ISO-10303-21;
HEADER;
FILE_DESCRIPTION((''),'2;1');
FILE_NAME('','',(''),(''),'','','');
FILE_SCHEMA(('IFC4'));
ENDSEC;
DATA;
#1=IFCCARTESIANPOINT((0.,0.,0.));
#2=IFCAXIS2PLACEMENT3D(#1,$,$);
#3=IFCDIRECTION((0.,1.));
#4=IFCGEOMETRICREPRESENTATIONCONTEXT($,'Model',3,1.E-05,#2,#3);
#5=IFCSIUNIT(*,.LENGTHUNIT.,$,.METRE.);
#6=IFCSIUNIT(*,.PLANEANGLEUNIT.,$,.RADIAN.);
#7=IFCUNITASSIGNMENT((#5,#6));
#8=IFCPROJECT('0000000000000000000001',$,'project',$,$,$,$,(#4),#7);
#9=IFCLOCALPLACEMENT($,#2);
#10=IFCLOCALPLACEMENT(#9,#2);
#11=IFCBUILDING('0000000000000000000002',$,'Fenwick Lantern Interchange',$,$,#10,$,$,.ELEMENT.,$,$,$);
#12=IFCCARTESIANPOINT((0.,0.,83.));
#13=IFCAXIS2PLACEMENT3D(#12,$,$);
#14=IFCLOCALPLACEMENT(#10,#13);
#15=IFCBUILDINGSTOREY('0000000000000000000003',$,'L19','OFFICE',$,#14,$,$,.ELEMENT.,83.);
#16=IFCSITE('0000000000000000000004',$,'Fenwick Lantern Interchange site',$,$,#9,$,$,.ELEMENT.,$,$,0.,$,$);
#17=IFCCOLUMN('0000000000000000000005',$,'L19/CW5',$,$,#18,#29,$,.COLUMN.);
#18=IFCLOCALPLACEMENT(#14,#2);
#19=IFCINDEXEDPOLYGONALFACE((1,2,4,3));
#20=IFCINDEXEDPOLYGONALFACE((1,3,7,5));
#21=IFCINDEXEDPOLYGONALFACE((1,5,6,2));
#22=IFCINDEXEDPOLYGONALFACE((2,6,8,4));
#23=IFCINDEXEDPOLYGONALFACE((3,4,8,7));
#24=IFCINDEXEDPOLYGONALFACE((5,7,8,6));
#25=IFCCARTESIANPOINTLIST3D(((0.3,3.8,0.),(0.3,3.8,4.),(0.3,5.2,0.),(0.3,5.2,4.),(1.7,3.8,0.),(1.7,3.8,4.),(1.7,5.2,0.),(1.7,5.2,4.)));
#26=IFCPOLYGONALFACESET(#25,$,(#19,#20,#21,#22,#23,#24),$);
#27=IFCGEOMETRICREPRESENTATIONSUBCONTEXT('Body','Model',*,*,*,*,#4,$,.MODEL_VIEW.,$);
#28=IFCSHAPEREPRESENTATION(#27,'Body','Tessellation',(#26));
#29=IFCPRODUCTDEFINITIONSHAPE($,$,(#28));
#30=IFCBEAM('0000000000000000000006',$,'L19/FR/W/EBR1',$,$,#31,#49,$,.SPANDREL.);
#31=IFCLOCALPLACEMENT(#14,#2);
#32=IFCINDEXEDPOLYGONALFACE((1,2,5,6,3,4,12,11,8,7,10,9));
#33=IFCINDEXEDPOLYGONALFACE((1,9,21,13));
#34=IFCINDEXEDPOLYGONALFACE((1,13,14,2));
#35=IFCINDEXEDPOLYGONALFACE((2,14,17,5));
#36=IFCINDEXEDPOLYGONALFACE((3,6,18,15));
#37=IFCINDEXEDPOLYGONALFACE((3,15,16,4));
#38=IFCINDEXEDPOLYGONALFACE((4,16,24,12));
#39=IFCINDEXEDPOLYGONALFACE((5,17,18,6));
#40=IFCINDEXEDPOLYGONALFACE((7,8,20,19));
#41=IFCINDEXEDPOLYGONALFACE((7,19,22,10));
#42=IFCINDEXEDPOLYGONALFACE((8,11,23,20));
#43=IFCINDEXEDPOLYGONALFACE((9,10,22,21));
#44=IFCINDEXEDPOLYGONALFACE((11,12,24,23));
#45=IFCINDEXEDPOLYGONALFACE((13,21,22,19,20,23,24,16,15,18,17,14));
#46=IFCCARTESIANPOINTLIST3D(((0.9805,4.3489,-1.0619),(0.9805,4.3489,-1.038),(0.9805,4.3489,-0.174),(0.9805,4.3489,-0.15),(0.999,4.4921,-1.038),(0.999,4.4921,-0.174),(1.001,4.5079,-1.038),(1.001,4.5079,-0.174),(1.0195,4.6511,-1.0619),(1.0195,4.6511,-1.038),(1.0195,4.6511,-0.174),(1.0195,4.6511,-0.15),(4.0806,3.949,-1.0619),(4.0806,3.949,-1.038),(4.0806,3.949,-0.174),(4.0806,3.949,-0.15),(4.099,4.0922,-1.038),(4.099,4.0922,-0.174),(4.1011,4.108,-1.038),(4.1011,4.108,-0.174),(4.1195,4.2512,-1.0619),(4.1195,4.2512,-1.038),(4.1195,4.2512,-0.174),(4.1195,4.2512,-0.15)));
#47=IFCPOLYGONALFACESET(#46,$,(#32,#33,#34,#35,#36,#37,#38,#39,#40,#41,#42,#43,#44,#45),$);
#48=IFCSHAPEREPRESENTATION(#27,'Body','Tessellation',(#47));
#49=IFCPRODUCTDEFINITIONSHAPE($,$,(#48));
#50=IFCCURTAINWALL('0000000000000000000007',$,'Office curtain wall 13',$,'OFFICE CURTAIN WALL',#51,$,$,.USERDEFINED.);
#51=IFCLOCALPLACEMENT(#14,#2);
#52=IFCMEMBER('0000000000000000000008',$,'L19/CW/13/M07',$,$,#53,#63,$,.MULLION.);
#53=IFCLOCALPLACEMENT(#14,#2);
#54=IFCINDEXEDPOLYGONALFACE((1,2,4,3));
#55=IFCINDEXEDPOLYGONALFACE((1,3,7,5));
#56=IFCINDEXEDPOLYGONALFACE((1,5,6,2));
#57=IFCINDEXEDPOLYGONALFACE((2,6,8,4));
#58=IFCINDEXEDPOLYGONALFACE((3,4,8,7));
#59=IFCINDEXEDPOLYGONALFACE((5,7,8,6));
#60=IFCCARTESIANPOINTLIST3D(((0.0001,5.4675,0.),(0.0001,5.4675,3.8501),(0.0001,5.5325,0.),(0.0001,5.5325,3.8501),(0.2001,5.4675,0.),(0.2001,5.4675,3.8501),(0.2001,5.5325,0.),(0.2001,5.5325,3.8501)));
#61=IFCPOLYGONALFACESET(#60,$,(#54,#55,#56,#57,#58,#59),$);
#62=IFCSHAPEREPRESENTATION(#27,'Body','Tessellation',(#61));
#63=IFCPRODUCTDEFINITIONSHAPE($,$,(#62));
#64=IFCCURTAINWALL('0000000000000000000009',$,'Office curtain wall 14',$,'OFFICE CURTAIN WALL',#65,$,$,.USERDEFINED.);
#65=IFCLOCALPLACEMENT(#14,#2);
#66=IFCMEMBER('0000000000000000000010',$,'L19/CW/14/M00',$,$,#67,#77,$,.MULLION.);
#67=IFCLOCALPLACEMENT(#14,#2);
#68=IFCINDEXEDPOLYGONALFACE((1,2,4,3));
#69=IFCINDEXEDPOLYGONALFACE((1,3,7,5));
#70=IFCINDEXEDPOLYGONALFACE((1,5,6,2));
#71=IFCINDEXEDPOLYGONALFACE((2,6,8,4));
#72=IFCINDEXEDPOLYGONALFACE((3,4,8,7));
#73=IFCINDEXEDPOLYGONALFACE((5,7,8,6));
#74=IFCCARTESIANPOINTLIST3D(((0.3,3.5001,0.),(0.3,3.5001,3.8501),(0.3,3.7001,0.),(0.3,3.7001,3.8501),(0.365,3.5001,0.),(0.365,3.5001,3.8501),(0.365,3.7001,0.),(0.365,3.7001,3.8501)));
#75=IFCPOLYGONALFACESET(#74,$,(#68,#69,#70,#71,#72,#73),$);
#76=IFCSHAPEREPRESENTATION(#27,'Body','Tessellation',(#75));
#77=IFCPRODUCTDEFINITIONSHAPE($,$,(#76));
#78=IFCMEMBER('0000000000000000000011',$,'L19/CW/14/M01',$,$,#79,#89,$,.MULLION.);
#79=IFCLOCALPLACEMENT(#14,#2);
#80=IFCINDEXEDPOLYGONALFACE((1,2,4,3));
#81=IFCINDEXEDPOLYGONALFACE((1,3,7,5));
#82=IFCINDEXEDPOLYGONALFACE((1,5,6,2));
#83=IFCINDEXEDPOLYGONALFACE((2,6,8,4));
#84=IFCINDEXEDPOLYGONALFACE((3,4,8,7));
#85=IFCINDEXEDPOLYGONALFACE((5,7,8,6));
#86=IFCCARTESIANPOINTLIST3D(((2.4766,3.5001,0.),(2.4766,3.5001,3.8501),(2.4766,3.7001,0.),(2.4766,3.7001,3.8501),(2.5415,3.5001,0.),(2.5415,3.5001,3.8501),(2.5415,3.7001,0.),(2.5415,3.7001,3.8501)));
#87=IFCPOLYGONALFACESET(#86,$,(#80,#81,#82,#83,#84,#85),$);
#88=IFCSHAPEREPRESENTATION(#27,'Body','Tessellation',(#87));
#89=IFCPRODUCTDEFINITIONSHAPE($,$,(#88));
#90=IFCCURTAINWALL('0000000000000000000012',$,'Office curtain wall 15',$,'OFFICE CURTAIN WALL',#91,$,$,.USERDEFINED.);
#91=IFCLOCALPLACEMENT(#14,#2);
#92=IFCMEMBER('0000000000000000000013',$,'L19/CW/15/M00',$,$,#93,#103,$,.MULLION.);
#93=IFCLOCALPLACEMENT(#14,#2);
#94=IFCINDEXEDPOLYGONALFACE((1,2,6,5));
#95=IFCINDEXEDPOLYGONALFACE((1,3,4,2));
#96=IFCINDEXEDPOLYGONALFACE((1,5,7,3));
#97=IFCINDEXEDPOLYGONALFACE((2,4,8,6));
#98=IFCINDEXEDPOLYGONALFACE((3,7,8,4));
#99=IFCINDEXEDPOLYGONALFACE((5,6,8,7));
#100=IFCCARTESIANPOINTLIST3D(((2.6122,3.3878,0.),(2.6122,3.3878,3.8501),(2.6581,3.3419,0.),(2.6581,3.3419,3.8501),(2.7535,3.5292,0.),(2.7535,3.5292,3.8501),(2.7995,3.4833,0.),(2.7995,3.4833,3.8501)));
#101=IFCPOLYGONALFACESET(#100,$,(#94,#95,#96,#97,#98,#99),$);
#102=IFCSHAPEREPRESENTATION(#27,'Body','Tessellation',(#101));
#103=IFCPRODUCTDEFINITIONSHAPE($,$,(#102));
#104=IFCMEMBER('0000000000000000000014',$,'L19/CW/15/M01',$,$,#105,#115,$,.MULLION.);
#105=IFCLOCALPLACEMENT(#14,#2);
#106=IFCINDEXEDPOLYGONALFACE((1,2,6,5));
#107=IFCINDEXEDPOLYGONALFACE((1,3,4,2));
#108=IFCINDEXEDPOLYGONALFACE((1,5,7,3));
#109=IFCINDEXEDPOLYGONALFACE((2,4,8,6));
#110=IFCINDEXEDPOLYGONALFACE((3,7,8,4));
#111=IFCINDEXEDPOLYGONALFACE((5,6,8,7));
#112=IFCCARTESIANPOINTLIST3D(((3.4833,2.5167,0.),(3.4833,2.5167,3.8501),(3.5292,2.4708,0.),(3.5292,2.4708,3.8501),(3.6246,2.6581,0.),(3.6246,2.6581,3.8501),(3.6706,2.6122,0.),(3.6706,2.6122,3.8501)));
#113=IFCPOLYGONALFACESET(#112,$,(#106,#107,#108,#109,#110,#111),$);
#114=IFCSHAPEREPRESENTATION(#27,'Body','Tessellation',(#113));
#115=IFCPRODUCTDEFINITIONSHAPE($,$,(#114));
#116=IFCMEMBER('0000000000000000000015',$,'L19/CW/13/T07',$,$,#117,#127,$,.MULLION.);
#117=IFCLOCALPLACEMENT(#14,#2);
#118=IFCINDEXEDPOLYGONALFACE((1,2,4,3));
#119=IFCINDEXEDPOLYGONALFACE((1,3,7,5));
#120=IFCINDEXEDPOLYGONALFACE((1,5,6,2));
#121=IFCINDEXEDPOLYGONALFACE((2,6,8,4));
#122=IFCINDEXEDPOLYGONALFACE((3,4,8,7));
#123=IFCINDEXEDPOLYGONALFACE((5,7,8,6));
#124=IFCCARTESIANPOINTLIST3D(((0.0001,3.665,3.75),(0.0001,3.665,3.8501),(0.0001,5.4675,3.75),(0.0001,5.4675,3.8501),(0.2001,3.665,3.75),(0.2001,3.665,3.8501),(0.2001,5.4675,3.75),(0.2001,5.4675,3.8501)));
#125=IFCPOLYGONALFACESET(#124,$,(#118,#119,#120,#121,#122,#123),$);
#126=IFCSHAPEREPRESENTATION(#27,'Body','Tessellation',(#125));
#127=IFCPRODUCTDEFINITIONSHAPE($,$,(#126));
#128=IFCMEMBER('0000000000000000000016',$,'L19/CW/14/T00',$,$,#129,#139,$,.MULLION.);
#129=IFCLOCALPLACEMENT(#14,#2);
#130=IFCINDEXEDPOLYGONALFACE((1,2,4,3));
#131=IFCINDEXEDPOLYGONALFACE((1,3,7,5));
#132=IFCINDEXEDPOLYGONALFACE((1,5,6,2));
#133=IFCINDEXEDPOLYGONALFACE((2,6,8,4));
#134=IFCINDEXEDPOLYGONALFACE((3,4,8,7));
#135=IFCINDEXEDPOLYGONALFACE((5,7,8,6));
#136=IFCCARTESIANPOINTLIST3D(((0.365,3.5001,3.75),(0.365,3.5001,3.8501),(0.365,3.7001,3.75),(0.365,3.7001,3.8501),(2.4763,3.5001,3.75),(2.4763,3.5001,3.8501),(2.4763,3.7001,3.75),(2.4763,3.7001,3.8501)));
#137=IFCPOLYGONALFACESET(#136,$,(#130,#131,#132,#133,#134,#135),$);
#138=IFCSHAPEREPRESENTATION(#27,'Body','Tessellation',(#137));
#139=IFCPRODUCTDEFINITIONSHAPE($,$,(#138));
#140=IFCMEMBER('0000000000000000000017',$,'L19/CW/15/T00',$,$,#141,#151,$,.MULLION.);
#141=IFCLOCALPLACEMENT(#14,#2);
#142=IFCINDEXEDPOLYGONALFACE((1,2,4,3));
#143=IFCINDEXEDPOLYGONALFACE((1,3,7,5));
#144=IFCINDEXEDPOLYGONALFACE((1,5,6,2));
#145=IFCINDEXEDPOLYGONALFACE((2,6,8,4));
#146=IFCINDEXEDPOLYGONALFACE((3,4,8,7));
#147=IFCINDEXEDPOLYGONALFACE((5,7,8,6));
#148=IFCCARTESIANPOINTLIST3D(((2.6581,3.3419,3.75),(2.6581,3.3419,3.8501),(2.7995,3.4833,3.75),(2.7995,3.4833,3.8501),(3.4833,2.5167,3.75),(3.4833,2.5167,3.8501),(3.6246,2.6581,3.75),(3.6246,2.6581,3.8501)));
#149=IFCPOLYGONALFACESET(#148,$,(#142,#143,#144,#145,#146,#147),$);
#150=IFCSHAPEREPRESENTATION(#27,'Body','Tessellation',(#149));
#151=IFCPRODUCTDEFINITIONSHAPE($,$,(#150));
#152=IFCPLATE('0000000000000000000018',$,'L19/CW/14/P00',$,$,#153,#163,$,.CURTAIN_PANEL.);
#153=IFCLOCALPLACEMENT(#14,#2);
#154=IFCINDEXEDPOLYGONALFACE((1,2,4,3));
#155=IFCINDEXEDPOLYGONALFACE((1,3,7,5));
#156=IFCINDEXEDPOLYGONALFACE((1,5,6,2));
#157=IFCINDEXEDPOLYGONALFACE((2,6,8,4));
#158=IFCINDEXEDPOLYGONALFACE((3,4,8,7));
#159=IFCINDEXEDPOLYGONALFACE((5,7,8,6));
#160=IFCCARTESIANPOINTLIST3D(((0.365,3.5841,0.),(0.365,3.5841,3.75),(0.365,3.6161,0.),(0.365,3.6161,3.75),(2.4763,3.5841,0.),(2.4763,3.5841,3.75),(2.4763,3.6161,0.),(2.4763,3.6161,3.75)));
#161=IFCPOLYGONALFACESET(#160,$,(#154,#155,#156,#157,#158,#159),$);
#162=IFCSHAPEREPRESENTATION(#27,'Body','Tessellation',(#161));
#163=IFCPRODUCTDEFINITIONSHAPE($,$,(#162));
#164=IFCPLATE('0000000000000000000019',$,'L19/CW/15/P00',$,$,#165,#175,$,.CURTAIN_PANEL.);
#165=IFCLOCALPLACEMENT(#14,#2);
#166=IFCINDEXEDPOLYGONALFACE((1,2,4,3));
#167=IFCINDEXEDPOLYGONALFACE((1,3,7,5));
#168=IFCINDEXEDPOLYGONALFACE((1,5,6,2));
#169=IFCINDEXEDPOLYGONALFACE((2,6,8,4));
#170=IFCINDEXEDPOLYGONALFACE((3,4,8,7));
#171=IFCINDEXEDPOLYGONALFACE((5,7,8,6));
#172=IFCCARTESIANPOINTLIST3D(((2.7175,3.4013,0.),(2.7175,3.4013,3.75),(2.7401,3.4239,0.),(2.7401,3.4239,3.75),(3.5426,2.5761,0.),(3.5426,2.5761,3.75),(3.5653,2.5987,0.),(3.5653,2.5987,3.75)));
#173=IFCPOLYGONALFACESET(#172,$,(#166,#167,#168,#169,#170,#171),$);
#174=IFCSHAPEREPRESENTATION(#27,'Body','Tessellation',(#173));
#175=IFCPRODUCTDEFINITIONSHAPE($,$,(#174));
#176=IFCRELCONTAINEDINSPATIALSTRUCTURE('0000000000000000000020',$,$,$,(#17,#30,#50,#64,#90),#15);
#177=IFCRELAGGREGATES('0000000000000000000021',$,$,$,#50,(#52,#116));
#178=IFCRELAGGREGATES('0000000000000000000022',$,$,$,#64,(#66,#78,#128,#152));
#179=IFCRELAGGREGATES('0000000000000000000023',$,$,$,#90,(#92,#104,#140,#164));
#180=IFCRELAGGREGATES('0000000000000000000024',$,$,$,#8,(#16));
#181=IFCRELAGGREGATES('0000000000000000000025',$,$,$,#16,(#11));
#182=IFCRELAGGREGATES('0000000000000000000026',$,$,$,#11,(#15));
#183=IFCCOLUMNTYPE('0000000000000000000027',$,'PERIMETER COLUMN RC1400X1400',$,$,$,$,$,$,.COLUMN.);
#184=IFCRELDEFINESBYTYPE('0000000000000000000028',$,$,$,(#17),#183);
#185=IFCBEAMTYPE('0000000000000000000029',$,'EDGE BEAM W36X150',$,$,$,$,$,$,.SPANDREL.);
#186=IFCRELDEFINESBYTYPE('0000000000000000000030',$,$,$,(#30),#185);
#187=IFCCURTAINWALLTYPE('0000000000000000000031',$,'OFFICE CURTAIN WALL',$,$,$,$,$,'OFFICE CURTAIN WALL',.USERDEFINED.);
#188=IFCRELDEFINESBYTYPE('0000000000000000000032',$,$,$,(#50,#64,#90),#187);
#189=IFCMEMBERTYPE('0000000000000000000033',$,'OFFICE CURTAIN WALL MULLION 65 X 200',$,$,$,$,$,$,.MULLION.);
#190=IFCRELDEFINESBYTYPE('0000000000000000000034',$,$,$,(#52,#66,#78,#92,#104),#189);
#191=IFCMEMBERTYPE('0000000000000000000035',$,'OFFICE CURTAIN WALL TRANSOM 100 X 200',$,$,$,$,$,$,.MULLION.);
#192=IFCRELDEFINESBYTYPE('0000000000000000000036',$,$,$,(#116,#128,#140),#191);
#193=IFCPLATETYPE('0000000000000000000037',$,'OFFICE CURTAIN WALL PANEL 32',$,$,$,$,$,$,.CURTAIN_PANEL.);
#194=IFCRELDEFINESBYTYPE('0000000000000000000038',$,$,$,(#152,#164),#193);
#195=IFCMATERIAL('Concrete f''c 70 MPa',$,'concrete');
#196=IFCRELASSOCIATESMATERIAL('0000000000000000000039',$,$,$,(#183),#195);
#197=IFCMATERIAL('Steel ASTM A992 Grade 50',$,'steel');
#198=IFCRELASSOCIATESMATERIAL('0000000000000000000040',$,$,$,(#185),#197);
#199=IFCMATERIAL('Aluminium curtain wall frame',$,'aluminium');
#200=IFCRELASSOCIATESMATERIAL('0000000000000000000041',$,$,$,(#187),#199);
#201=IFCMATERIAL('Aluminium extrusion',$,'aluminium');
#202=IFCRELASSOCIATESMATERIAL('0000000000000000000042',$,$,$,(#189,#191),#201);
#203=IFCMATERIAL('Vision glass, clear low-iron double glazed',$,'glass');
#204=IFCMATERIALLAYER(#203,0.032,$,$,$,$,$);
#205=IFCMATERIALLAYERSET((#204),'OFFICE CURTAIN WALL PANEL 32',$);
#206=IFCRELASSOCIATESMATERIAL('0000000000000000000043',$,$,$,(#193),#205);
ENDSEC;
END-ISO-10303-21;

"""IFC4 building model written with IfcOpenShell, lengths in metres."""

from ifc_helpers import new_model, si_unit, direction, frame, origin, origin_2d, place, context, subcontext, project, spatial, rectangle, i_section, extrude, material, layer, layer_set, material_profile, profile_set, type_object, element, aggregate, save


model = new_model("IFC4")

# Units and contexts
model_context = context("Model", 3, precision=1e-05, world=origin(), true_north=direction((0.0, 1.0)))
body_context = subcontext(model_context, "Body", "Model", "MODEL_VIEW")
ifc_project = project(units=[si_unit("LENGTHUNIT", "METRE"), si_unit("PLANEANGLEUNIT", "RADIAN")], contexts=[model_context])

# Site, building, storey
site_placement = place(None, origin())
site = spatial("IfcSite", under=ifc_project, at=site_placement, Name="Fenwick Lantern Interchange site", CompositionType="ELEMENT", RefElevation=0.0)
building_placement = place(site_placement, origin())
building = spatial("IfcBuilding", under=site, at=building_placement, Name="Fenwick Lantern Interchange", CompositionType="ELEMENT")
storey_placement = place(building_placement, frame((0.0, 0.0, 83.0)))
storey = spatial("IfcBuildingStorey", under=building, at=storey_placement, Name="L19", Description="OFFICE", CompositionType="ELEMENT", Elevation=83.0)

# Column
ifc_material_1 = material(Name="Concrete f'c 70 MPa", Category="concrete")
ifc_material_profile_1 = material_profile(ifc_material_1, rectangle(XDim=1.3999, YDim=1.3999, at=origin_2d()), Name="RC1400X1400")
ifc_profile_set_1 = profile_set([ifc_material_profile_1], Name="Concrete f'c 70 MPa")
column_type = type_object("IfcColumnType", Name="PERIMETER COLUMN RC1400X1400", PredefinedType="COLUMN", material=ifc_profile_set_1)
column_placement = place(storey_placement, frame((1.0, 4.5, 0.0), z_axis=(0.0, 0.0, 1.0), x_axis=(1.0, 0.0, 0.0)))
element("IfcColumn", 1, at=column_placement, inside=storey, type_object=column_type, Name="L19/CW5", PredefinedType="COLUMN", context=body_context, shape_type="SweptSolid", body=[
    extrude(rectangle(XDim=1.3999, YDim=1.3999, at=origin_2d()), origin(), (0.0, 0.0, 1.0), 4.0),
])

# Beam
ifc_material_2 = material(Name="Steel ASTM A992 Grade 50", Category="steel")
ifc_material_profile_2 = material_profile(ifc_material_2, i_section(OverallWidth=0.3047, OverallDepth=0.9119, WebThickness=0.0159, FlangeThickness=0.0239, at=origin_2d()), Name="W36X150")
ifc_profile_set_2 = profile_set([ifc_material_profile_2], Name="Steel ASTM A992 Grade 50")
beam_type = type_object("IfcBeamType", Name="EDGE BEAM W36X150", PredefinedType="SPANDREL", material=ifc_profile_set_2)
beam_placement = place(storey_placement, frame((1.0, 4.5, -0.606), z_axis=(0.991782, -0.127937, 0.0), x_axis=(0.127937, 0.991782, 0.0)))
element("IfcBeam", 2, at=beam_placement, inside=storey, type_object=beam_type, Name="L19/FR/W/EBR1", PredefinedType="SPANDREL", context=body_context, shape_type="SweptSolid", body=[
    extrude(i_section(OverallWidth=0.3047, OverallDepth=0.9119, WebThickness=0.0159, FlangeThickness=0.0239, at=origin_2d()), origin(), (0.0, 0.0, 1.0), 3.1257),
])

# Curtain wall, member
ifc_material_3 = material(Name="Aluminium curtain wall frame", Category="aluminium")
curtain_wall_type = type_object("IfcCurtainWallType", Name="OFFICE CURTAIN WALL", ElementType="OFFICE CURTAIN WALL", PredefinedType="USERDEFINED", material=ifc_material_3)
curtain_wall_1_placement = place(storey_placement, origin())
curtain_wall_1 = element("IfcCurtainWall", 3, at=curtain_wall_1_placement, inside=storey, type_object=curtain_wall_type, Name="Office curtain wall 13", ObjectType="OFFICE CURTAIN WALL", PredefinedType="USERDEFINED")
ifc_material_4 = material(Name="Aluminium extrusion", Category="aluminium")
ifc_material_profile_3 = material_profile(ifc_material_4, rectangle(XDim=0.2, YDim=0.0649, at=origin_2d()), Name="OFFICE CURTAIN WALL MULLION 65 X 200")
ifc_profile_set_3 = profile_set([ifc_material_profile_3], Name="Aluminium extrusion")
member_type_1 = type_object("IfcMemberType", Name="OFFICE CURTAIN WALL MULLION 65 X 200", PredefinedType="MULLION", material=ifc_profile_set_3)
member_1_placement = place(storey_placement, frame((0.1001, 5.5, 0.0), z_axis=(0.0, 0.0, 1.0), x_axis=(1.0, 0.0, 0.0)))
member_1 = element("IfcMember", 4, at=member_1_placement, type_object=member_type_1, Name="L19/CW/13/M07", PredefinedType="MULLION", context=body_context, shape_type="SweptSolid", body=[
    extrude(rectangle(XDim=0.2, YDim=0.0649, at=origin_2d()), origin(), (0.0, 0.0, 1.0), 3.8501),
])

# Curtain walls, members
curtain_wall_2_placement = place(storey_placement, origin())
curtain_wall_2 = element("IfcCurtainWall", 5, at=curtain_wall_2_placement, inside=storey, type_object=curtain_wall_type, Name="Office curtain wall 14", ObjectType="OFFICE CURTAIN WALL", PredefinedType="USERDEFINED")
member_2_placement = place(storey_placement, frame((0.3325, 3.6001, 0.0), z_axis=(0.0, 0.0, 1.0), x_axis=(0.0, 1.0, 0.0)))
member_2 = element("IfcMember", 6, at=member_2_placement, type_object=member_type_1, Name="L19/CW/14/M00", PredefinedType="MULLION", context=body_context, shape_type="SweptSolid", body=[
    extrude(rectangle(XDim=0.2, YDim=0.0649, at=origin_2d()), origin(), (0.0, 0.0, 1.0), 3.8501),
])
member_3_placement = place(storey_placement, frame((2.509, 3.6001, 0.0), z_axis=(0.0, 0.0, 1.0), x_axis=(0.0, 1.0, 0.0)))
member_3 = element("IfcMember", 7, at=member_3_placement, type_object=member_type_1, Name="L19/CW/14/M01", PredefinedType="MULLION", context=body_context, shape_type="SweptSolid", body=[
    extrude(rectangle(XDim=0.2, YDim=0.0649, at=origin_2d()), origin(), (0.0, 0.0, 1.0), 3.8501),
])
curtain_wall_3_placement = place(storey_placement, origin())
curtain_wall_3 = element("IfcCurtainWall", 8, at=curtain_wall_3_placement, inside=storey, type_object=curtain_wall_type, Name="Office curtain wall 15", ObjectType="OFFICE CURTAIN WALL", PredefinedType="USERDEFINED")
member_4_placement = place(storey_placement, frame((2.7058, 3.4355, 0.0), z_axis=(0.0, 0.0, 1.0), x_axis=(0.707107, 0.707107, 0.0)))
member_4 = element("IfcMember", 9, at=member_4_placement, type_object=member_type_1, Name="L19/CW/15/M00", PredefinedType="MULLION", context=body_context, shape_type="SweptSolid", body=[
    extrude(rectangle(XDim=0.2, YDim=0.0649, at=origin_2d()), origin(), (0.0, 0.0, 1.0), 3.8501),
])
member_5_placement = place(storey_placement, frame((3.5769, 2.5645, 0.0), z_axis=(0.0, 0.0, 1.0), x_axis=(0.707107, 0.707107, 0.0)))
member_5 = element("IfcMember", 10, at=member_5_placement, type_object=member_type_1, Name="L19/CW/15/M01", PredefinedType="MULLION", context=body_context, shape_type="SweptSolid", body=[
    extrude(rectangle(XDim=0.2, YDim=0.0649, at=origin_2d()), origin(), (0.0, 0.0, 1.0), 3.8501),
])

# Members
ifc_material_profile_4 = material_profile(ifc_material_4, rectangle(XDim=0.2, YDim=0.1001, at=origin_2d()), Name="OFFICE CURTAIN WALL TRANSOM 100 X 200")
ifc_profile_set_4 = profile_set([ifc_material_profile_4], Name="Aluminium extrusion")
member_type_2 = type_object("IfcMemberType", Name="OFFICE CURTAIN WALL TRANSOM 100 X 200", PredefinedType="MULLION", material=ifc_profile_set_4)
member_6_placement = place(storey_placement, frame((0.1001, 5.4675, 3.8), z_axis=(0.0, -1.0, 0.0), x_axis=(1.0, 0.0, 0.0)))
member_6 = element("IfcMember", 11, at=member_6_placement, type_object=member_type_2, Name="L19/CW/13/T07", PredefinedType="MULLION", context=body_context, shape_type="SweptSolid", body=[
    extrude(rectangle(XDim=0.2, YDim=0.1001, at=origin_2d()), origin(), (0.0, 0.0, 1.0), 1.8025),
])
aggregate(curtain_wall_1, [member_1, member_6])
member_7_placement = place(storey_placement, frame((0.365, 3.6001, 3.8), z_axis=(1.0, 0.0, 0.0), x_axis=(0.0, 1.0, 0.0)))
member_7 = element("IfcMember", 12, at=member_7_placement, type_object=member_type_2, Name="L19/CW/14/T00", PredefinedType="MULLION", context=body_context, shape_type="SweptSolid", body=[
    extrude(rectangle(XDim=0.2, YDim=0.1001, at=origin_2d()), origin(), (0.0, 0.0, 1.0), 2.1113),
])
member_8_placement = place(storey_placement, frame((2.7288, 3.4126, 3.8), z_axis=(0.707107, -0.707107, 0.0), x_axis=(0.707107, 0.707107, 0.0)))
member_8 = element("IfcMember", 13, at=member_8_placement, type_object=member_type_2, Name="L19/CW/15/T00", PredefinedType="MULLION", context=body_context, shape_type="SweptSolid", body=[
    extrude(rectangle(XDim=0.2, YDim=0.1001, at=origin_2d()), origin(), (0.0, 0.0, 1.0), 1.167),
])

# Shared definitions
ifc_material_5 = material(Name="Vision glass, clear low-iron double glazed", Category="glass")
ifc_layer_1 = layer(ifc_material_5, 0.032)
ifc_layer_set_1 = layer_set([ifc_layer_1], Name="OFFICE CURTAIN WALL PANEL 32")
plate_type = type_object("IfcPlateType", Name="OFFICE CURTAIN WALL PANEL 32", PredefinedType="CURTAIN_PANEL", material=ifc_layer_set_1)

# Plates
plate_1_placement = place(storey_placement, frame((1.4207, 3.6001, 0.0), z_axis=(0.0, 0.0, 1.0), x_axis=(1.0, 0.0, 0.0)))
plate_1 = element("IfcPlate", 14, at=plate_1_placement, type_object=plate_type, Name="L19/CW/14/P00", PredefinedType="CURTAIN_PANEL", context=body_context, shape_type="SweptSolid", body=[
    extrude(rectangle(XDim=2.1113, YDim=0.032, at=origin_2d()), origin(), (0.0, 0.0, 1.0), 3.75),
])
aggregate(curtain_wall_2, [member_2, member_3, member_7, plate_1])
plate_2_placement = place(storey_placement, frame((3.1414, 3.0, 0.0), z_axis=(0.0, 0.0, 1.0), x_axis=(0.707107, -0.707107, 0.0)))
plate_2 = element("IfcPlate", 15, at=plate_2_placement, type_object=plate_type, Name="L19/CW/15/P00", PredefinedType="CURTAIN_PANEL", context=body_context, shape_type="SweptSolid", body=[
    extrude(rectangle(XDim=1.167, YDim=0.032, at=origin_2d()), origin(), (0.0, 0.0, 1.0), 3.75),
])
aggregate(curtain_wall_3, [member_4, member_5, member_8, plate_2])

save(model, "model.ifc")
